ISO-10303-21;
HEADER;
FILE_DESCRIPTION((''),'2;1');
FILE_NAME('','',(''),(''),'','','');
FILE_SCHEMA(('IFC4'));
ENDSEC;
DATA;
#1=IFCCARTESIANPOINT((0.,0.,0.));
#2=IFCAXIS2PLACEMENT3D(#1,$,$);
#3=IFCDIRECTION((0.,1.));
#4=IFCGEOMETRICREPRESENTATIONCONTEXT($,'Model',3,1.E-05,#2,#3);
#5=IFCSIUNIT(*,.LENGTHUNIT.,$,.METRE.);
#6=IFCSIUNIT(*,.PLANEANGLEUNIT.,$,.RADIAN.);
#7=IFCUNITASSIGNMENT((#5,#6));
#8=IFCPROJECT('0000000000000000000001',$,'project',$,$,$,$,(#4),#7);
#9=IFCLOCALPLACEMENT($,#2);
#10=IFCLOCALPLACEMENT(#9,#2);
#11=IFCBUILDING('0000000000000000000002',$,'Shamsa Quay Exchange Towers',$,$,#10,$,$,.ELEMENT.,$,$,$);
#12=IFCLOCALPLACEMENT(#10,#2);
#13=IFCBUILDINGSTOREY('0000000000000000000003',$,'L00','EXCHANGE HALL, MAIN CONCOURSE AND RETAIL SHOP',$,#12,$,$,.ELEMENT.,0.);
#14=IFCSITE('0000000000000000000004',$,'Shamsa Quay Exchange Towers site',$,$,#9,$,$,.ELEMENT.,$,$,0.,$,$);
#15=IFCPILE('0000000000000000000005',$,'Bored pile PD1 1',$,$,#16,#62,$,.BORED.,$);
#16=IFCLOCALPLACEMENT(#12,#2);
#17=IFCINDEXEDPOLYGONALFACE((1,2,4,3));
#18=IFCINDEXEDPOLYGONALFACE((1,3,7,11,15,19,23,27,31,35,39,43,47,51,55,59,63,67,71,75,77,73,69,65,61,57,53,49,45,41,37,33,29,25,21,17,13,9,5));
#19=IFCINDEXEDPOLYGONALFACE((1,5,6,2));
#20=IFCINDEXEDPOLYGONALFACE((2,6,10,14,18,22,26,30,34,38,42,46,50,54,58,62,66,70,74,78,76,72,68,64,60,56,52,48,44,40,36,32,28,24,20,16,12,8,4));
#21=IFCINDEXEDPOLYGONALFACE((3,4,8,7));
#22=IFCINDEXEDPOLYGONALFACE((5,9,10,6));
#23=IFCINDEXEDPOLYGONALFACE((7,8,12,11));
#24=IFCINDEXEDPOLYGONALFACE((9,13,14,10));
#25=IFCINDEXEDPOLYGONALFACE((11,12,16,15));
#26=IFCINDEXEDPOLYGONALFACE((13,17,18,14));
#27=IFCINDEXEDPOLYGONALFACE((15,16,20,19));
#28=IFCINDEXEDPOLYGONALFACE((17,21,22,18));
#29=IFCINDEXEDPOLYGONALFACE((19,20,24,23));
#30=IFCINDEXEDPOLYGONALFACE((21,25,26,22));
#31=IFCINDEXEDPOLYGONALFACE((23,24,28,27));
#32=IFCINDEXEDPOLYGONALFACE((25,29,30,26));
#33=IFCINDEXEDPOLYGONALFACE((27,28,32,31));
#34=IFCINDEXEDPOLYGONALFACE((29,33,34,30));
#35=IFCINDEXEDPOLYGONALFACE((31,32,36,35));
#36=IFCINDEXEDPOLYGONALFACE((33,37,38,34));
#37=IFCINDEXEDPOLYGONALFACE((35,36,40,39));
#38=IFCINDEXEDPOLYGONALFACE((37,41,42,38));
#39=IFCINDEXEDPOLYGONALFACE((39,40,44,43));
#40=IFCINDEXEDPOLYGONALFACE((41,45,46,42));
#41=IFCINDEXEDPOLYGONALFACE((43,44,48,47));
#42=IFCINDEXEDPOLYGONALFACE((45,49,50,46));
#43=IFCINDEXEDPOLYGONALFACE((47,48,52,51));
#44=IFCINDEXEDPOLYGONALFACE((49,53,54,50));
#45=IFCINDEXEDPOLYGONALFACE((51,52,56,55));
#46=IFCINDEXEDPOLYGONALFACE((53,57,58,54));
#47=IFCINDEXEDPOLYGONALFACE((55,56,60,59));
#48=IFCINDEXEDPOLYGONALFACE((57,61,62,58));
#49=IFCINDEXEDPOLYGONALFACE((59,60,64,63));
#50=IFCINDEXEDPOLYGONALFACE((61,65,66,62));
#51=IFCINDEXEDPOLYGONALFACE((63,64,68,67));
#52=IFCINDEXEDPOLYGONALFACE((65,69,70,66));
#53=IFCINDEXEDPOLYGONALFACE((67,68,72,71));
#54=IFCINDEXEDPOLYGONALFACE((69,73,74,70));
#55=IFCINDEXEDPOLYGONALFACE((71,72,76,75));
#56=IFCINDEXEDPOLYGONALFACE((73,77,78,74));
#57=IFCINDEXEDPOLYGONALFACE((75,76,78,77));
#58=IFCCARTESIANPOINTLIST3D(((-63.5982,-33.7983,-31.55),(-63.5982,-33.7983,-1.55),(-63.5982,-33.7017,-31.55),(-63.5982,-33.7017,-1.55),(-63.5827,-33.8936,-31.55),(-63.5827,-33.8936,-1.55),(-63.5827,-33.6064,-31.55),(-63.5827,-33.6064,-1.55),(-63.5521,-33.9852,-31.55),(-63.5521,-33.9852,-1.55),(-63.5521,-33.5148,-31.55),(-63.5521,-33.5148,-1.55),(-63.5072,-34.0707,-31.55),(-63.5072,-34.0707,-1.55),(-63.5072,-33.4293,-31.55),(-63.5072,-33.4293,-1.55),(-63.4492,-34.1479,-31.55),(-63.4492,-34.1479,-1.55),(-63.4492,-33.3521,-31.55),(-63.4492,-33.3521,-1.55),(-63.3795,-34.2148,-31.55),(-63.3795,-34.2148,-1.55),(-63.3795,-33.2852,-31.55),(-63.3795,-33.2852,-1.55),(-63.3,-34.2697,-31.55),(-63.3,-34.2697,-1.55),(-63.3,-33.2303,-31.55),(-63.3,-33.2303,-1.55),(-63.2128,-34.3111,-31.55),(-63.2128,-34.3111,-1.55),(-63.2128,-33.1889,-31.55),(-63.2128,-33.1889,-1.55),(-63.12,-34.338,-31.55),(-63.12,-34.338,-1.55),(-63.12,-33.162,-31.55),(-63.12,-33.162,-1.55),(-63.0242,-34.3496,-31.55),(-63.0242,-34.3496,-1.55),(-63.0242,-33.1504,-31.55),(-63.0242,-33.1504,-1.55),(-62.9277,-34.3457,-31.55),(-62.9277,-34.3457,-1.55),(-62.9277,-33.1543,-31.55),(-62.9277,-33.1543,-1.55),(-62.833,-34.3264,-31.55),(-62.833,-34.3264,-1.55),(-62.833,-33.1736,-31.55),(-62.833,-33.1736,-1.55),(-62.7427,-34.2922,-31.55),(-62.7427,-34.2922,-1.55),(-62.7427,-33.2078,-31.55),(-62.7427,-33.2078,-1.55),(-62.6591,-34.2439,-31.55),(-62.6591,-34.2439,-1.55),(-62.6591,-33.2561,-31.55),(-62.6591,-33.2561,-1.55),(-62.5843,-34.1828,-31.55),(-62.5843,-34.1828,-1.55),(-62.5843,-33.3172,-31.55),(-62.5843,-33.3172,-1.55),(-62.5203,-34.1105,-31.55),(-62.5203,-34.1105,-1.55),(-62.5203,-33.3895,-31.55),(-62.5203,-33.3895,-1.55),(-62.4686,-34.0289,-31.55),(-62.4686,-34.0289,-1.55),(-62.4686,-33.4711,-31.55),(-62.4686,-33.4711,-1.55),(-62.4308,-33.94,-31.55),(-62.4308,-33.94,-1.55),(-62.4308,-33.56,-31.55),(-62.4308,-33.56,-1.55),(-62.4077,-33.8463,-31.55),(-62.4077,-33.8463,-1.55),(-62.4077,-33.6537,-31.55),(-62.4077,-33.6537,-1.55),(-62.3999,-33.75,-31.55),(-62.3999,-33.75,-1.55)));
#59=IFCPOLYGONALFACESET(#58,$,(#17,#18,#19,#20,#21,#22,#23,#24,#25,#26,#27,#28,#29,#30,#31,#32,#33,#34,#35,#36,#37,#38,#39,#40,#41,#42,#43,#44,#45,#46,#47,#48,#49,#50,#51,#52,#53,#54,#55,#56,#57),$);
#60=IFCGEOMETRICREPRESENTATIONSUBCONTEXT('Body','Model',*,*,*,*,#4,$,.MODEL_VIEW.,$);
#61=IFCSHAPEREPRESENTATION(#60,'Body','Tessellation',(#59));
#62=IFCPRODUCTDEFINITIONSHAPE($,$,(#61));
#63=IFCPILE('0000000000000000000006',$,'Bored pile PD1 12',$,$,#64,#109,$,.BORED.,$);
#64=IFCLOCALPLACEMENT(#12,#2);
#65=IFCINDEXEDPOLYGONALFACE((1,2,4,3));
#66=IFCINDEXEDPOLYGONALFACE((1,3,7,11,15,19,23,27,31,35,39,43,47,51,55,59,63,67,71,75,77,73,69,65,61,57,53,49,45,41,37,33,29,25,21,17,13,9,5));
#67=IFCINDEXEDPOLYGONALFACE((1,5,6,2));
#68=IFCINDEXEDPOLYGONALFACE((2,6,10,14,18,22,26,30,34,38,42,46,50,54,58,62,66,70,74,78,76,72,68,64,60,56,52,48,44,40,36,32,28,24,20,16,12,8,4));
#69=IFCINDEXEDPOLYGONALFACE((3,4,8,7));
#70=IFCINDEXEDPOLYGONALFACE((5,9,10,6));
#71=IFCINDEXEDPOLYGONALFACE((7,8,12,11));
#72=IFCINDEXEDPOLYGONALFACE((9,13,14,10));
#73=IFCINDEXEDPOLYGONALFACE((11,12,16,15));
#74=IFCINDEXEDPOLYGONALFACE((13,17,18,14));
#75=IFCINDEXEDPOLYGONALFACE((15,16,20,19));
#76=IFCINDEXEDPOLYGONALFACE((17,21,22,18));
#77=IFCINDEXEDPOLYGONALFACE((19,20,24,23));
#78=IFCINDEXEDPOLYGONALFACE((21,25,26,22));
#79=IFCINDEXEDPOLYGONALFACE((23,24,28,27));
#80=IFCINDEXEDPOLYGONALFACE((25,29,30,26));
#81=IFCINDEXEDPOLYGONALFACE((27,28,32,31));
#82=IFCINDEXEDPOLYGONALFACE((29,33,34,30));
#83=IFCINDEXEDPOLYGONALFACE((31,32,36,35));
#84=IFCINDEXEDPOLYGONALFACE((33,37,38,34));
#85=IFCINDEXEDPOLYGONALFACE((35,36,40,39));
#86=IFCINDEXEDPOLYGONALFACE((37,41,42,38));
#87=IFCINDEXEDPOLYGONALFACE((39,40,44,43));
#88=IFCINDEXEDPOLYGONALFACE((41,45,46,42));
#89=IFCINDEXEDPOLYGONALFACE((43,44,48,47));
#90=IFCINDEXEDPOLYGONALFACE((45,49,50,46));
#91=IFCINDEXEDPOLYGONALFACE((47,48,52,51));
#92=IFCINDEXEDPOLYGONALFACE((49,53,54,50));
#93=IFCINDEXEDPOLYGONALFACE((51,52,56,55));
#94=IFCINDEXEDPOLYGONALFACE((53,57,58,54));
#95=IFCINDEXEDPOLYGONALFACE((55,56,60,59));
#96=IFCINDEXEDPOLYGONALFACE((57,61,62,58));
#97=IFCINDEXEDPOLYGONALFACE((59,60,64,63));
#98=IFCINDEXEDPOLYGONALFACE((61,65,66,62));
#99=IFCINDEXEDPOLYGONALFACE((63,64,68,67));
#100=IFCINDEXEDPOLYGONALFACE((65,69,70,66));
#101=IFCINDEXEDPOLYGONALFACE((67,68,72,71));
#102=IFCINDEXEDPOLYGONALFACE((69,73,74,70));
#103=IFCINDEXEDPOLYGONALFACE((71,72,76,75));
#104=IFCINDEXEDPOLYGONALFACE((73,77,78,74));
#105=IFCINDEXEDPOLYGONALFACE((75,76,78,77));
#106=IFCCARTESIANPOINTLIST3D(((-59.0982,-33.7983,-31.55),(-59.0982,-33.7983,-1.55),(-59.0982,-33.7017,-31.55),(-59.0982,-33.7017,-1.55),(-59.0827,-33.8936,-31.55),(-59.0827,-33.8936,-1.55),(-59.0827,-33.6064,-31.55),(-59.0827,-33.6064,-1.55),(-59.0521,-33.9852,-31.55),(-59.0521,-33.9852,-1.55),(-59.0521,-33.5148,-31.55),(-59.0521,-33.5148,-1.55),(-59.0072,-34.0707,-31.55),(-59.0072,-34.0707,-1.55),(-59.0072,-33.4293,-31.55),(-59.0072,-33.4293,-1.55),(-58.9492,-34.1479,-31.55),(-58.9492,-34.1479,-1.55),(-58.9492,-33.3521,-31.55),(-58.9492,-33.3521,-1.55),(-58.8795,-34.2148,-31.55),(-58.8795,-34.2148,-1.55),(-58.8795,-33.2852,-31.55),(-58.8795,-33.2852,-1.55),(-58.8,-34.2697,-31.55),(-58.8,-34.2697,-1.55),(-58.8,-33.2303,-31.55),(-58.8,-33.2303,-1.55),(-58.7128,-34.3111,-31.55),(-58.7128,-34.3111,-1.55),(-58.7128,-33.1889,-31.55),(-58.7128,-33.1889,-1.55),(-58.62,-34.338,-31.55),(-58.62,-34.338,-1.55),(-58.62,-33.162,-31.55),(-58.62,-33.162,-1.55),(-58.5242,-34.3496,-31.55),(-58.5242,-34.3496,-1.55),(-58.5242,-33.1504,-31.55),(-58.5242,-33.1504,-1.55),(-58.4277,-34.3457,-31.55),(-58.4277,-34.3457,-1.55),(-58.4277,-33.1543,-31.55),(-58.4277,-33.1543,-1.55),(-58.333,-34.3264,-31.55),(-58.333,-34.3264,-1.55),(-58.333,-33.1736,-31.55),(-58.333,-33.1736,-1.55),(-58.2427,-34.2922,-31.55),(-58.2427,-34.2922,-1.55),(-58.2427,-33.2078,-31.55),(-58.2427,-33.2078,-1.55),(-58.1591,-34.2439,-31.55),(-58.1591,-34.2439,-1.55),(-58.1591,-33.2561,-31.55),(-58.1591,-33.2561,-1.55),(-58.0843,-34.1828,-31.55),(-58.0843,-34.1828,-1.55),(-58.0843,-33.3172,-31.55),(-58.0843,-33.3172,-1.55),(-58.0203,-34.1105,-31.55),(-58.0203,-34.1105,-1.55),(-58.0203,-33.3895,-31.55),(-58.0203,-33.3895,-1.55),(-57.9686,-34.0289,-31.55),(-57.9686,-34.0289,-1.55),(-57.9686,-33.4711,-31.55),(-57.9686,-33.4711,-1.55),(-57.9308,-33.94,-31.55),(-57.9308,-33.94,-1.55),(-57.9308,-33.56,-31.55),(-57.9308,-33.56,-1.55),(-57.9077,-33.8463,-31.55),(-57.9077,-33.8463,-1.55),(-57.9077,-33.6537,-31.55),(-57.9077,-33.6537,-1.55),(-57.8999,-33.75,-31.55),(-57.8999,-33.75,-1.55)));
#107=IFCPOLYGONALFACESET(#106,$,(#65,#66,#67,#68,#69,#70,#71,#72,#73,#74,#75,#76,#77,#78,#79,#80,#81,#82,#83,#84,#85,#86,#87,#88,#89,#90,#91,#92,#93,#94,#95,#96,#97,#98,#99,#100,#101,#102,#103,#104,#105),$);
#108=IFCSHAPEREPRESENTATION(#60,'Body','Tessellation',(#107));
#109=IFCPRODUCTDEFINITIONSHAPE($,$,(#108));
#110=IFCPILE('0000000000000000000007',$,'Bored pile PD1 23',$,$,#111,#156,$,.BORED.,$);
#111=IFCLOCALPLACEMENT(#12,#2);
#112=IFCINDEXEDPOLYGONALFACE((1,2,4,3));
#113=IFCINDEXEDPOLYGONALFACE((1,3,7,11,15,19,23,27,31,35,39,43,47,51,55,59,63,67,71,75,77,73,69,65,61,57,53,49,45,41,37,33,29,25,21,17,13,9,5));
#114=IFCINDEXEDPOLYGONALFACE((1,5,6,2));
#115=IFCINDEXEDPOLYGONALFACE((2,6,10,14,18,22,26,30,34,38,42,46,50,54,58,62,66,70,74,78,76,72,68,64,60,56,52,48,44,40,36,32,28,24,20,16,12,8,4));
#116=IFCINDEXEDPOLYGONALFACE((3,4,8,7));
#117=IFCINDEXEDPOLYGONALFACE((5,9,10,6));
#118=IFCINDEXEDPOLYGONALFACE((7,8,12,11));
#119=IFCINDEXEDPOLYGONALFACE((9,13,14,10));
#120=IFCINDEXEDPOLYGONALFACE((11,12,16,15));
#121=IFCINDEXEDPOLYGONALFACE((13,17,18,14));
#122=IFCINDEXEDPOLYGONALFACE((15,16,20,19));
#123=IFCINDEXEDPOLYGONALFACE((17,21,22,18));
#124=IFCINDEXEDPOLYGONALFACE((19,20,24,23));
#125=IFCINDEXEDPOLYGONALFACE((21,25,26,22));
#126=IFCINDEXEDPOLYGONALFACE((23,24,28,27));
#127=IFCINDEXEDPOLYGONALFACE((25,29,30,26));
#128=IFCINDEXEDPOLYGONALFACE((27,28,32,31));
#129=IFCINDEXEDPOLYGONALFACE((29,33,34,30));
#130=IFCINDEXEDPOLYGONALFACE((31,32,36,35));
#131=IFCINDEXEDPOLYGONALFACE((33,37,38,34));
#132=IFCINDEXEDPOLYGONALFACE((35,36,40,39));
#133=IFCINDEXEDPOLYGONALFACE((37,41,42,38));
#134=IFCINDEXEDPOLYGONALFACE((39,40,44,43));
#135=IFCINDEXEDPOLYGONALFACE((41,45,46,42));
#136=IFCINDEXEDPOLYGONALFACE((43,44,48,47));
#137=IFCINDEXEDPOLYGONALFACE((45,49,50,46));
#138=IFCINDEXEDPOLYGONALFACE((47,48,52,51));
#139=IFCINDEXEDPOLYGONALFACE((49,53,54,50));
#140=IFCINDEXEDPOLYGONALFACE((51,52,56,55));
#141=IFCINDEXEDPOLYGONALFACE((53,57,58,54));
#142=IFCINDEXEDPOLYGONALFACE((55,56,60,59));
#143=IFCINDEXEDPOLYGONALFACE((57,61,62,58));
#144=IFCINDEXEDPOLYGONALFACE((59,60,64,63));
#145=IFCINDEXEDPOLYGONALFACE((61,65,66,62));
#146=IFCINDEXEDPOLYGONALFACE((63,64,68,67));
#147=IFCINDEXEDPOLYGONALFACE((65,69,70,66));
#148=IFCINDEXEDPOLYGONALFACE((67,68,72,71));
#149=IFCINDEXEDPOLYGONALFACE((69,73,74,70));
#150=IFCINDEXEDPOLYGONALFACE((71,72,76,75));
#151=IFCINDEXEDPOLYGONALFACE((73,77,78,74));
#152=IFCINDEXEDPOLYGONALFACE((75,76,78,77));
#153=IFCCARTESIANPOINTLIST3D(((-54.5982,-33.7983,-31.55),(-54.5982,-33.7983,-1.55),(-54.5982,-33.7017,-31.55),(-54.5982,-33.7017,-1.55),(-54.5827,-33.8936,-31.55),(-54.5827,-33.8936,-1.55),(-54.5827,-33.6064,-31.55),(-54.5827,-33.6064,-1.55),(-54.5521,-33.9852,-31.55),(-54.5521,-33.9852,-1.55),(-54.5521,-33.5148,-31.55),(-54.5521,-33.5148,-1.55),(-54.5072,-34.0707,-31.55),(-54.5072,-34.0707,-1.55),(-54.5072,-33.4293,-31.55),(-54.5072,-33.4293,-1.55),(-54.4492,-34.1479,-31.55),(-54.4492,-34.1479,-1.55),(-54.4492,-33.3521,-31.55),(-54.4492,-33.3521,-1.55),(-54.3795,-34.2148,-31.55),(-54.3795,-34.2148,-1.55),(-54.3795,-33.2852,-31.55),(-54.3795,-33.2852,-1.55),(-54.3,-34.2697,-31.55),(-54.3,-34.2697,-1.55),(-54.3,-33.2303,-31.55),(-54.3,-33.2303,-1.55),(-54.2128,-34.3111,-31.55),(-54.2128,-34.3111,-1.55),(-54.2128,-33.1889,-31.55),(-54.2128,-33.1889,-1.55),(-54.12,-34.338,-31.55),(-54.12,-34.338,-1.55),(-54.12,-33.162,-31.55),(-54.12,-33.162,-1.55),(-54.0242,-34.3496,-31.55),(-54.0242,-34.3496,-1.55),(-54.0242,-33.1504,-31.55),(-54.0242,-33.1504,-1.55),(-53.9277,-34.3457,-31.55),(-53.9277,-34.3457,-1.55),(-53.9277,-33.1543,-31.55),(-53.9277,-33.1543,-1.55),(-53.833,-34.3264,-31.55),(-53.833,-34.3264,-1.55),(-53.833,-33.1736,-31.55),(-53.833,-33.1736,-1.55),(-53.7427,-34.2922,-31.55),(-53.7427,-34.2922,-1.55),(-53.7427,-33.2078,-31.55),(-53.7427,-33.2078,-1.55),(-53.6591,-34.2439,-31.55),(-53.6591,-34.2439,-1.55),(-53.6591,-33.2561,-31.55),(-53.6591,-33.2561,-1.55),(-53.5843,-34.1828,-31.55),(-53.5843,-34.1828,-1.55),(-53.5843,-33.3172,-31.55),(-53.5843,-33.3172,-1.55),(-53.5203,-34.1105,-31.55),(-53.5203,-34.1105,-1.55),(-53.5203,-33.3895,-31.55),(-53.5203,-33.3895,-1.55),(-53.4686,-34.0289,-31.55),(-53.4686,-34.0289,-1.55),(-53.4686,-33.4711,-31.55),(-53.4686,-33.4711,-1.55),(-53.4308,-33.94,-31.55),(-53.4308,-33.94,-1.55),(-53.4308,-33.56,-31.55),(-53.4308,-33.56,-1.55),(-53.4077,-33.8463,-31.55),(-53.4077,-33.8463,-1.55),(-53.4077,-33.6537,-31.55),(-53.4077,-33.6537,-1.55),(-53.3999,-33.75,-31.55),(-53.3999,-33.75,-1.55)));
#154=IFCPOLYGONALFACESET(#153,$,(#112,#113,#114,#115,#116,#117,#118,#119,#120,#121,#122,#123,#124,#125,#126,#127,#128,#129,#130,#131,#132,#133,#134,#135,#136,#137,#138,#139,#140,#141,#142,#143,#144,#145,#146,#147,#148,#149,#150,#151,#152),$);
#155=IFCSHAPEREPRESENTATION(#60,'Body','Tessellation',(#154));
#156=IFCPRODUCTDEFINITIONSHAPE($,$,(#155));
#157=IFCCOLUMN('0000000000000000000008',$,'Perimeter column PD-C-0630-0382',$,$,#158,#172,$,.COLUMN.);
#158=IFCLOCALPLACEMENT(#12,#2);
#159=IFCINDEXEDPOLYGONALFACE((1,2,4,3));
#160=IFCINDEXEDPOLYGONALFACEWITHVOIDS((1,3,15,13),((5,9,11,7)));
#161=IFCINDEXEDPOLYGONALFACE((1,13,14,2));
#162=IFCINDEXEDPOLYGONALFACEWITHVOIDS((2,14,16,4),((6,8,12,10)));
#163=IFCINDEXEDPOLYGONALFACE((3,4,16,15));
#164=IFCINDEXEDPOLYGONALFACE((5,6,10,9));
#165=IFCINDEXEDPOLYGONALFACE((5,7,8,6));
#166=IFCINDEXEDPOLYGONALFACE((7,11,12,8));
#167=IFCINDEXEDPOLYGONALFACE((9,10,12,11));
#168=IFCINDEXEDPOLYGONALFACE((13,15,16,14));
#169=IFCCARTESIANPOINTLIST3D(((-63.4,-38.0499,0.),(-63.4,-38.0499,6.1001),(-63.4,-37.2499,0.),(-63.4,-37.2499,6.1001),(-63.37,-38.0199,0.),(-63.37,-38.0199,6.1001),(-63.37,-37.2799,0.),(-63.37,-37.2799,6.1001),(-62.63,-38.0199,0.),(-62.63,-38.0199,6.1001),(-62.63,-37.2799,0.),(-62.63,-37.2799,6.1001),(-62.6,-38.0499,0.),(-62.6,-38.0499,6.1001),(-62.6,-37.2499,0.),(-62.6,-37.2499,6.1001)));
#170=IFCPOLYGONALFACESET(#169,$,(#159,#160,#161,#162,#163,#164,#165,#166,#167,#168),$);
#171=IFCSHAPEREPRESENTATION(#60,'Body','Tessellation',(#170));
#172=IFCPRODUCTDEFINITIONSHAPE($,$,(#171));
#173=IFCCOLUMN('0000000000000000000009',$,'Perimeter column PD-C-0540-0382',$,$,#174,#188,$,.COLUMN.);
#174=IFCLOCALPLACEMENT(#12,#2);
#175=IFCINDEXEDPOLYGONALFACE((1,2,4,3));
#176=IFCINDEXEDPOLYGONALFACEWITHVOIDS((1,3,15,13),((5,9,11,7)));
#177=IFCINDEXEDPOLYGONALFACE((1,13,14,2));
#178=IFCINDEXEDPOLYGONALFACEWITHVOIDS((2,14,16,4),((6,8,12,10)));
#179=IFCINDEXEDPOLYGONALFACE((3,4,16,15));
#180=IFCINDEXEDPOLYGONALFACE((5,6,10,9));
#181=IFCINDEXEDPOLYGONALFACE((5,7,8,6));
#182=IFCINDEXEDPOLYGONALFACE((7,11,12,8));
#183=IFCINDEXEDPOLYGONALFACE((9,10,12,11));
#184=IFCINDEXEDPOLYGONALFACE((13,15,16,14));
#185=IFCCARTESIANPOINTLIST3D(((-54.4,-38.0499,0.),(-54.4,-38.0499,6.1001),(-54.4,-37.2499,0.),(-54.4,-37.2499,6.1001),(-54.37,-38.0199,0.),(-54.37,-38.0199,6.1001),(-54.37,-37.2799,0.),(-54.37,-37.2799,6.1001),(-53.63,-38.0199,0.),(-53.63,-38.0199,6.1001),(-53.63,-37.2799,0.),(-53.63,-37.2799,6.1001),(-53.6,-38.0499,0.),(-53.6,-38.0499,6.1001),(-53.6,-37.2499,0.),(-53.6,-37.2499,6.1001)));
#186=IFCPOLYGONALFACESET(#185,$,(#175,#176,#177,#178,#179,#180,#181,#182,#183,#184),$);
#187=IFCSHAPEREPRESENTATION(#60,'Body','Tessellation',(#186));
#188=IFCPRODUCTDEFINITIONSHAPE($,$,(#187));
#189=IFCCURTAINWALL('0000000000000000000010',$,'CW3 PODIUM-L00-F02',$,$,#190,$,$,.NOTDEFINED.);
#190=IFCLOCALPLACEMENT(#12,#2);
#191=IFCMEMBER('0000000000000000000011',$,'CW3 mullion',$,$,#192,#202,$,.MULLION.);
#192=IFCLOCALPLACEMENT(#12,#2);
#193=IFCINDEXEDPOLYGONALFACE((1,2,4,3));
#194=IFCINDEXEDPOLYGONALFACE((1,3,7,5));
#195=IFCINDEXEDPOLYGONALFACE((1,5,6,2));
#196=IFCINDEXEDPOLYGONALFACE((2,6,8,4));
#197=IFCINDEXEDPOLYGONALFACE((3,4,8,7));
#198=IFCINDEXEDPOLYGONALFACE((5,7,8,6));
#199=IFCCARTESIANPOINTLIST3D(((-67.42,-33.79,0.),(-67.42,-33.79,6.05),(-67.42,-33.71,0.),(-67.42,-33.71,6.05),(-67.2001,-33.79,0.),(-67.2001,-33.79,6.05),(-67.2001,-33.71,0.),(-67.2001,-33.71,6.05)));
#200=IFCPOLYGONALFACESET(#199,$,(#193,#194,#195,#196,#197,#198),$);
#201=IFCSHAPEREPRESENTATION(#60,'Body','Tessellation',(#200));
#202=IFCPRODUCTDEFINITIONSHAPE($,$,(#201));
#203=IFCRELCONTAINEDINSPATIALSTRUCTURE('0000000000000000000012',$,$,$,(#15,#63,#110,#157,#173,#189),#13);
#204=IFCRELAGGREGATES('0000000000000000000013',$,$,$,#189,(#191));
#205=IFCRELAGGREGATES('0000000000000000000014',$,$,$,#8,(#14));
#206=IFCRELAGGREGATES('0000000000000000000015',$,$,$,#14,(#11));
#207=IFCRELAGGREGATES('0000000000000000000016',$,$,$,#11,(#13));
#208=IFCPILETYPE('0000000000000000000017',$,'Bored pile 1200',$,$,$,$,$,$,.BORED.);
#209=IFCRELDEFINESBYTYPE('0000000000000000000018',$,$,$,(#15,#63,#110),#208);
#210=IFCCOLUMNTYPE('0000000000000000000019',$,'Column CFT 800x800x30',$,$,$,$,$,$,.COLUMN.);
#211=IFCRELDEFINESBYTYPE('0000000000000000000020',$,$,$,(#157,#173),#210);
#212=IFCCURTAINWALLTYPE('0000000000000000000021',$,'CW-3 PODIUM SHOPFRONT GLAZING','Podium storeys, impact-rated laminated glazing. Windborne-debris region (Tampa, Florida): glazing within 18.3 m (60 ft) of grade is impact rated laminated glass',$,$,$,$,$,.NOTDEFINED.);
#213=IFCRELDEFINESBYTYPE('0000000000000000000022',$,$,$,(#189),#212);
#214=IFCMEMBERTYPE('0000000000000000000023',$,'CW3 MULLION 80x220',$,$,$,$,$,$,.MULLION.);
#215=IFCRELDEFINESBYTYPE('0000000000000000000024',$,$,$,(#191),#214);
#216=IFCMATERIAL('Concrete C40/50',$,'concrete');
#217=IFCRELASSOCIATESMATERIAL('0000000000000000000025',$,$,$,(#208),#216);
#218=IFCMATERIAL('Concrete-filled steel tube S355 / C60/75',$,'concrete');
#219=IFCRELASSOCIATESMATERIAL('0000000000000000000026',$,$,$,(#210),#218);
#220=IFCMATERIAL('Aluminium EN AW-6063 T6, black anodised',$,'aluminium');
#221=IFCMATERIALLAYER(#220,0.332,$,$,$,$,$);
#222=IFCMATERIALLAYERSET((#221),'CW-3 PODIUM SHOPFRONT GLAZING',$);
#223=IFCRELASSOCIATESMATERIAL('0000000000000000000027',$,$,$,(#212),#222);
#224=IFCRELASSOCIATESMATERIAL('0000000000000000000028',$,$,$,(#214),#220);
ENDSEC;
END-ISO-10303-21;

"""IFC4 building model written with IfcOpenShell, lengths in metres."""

from ifc_helpers import new_model, si_unit, direction, frame, origin, origin_2d, place, context, subcontext, project, spatial, rectangle, hollow_rectangle, circle, extrude, material, layer, layer_set, material_profile, profile_set, type_object, element, aggregate, save


model = new_model("IFC4")

# Units and contexts
model_context = context("Model", 3, precision=1e-05, world=origin(), true_north=direction((0.0, 1.0)))
body_context = subcontext(model_context, "Body", "Model", "MODEL_VIEW")
ifc_project = project(units=[si_unit("LENGTHUNIT", "METRE"), si_unit("PLANEANGLEUNIT", "RADIAN")], contexts=[model_context])

# Site, building, storey
site_placement = place(None, origin())
site = spatial("IfcSite", under=ifc_project, at=site_placement, Name="Shamsa Quay Exchange Towers site", CompositionType="ELEMENT", RefElevation=0.0)
building_placement = place(site_placement, origin())
building = spatial("IfcBuilding", under=site, at=building_placement, Name="Shamsa Quay Exchange Towers", CompositionType="ELEMENT")
storey_placement = place(building_placement, origin())
storey = spatial("IfcBuildingStorey", under=building, at=storey_placement, Name="L00", Description="EXCHANGE HALL, MAIN CONCOURSE AND RETAIL SHOP", CompositionType="ELEMENT", Elevation=0.0)

# Piles
ifc_material_1 = material(Name="Concrete C40/50", Category="concrete")
ifc_material_profile_1 = material_profile(ifc_material_1, circle(Radius=0.6001, at=origin_2d()), Name="BP1200")
ifc_profile_set_1 = profile_set([ifc_material_profile_1], Name="Concrete C40/50")
pile_type = type_object("IfcPileType", Name="Bored pile 1200", PredefinedType="BORED", material=ifc_profile_set_1)
for number, where, z_axis, x_axis, name in (
    (1, (-63.0, -33.75, -1.55), (0.0, 0.0, -1.0), (1.0, 0.0, 0.0), "Bored pile PD1 1"),
    (2, (-58.5, -33.75, -1.55), (0.0, 0.0, -1.0), (1.0, 0.0, 0.0), "Bored pile PD1 12"),
    (3, (-54.0, -33.75, -1.55), (0.0, 0.0, -1.0), (1.0, 0.0, 0.0), "Bored pile PD1 23"),
):
    element("IfcPile", number, at=place(storey_placement, frame(where, z_axis=z_axis, x_axis=x_axis)), inside=storey, type_object=pile_type, Name=name, PredefinedType="BORED", context=body_context, shape_type="SweptSolid", body=[
        extrude(circle(Radius=0.6001, at=origin_2d()), origin(), (0.0, 0.0, 1.0), 30.0),
    ])

# Columns
ifc_material_2 = material(Name="Concrete-filled steel tube S355 / C60/75", Category="concrete")
ifc_material_profile_2 = material_profile(ifc_material_2, hollow_rectangle(XDim=0.8, YDim=0.8, WallThickness=0.03, at=origin_2d()), Name="CFT 800x800x30")
ifc_profile_set_2 = profile_set([ifc_material_profile_2], Name="Concrete-filled steel tube S355 / C60/75")
column_type = type_object("IfcColumnType", Name="Column CFT 800x800x30", PredefinedType="COLUMN", material=ifc_profile_set_2)
for number, where, name in (
    (4, (-63.0, -37.6499, 0.0), "Perimeter column PD-C-0630-0382"),
    (5, (-54.0, -37.6499, 0.0), "Perimeter column PD-C-0540-0382"),
):
    element("IfcColumn", number, at=place(storey_placement, frame(where)), inside=storey, type_object=column_type, Name=name, PredefinedType="COLUMN", context=body_context, shape_type="SweptSolid", body=[
        extrude(hollow_rectangle(XDim=0.8, YDim=0.8, WallThickness=0.03, at=origin_2d()), origin(), (0.0, 0.0, 1.0), 6.1001),
    ])

# Curtain wall, member
ifc_material_3 = material(Name="Aluminium EN AW-6063 T6, black anodised", Category="aluminium")
ifc_layer_1 = layer(ifc_material_3, 0.332)
ifc_layer_set_1 = layer_set([ifc_layer_1], Name="CW-3 PODIUM SHOPFRONT GLAZING")
curtain_wall_type = type_object("IfcCurtainWallType", Name="CW-3 PODIUM SHOPFRONT GLAZING", Description="Podium storeys, impact-rated laminated glazing. Windborne-debris region (Tampa, Florida): glazing within 18.3 m (60 ft) of grade is impact rated laminated glass", PredefinedType="NOTDEFINED", material=ifc_layer_set_1)
curtain_wall_1_placement = place(storey_placement, origin())
curtain_wall_1 = element("IfcCurtainWall", 6, at=curtain_wall_1_placement, inside=storey, type_object=curtain_wall_type, Name="CW3 PODIUM-L00-F02", PredefinedType="NOTDEFINED")
ifc_material_profile_3 = material_profile(ifc_material_3, rectangle(XDim=0.22, YDim=0.0801, at=origin_2d()), Name="MU80x220")
ifc_profile_set_3 = profile_set([ifc_material_profile_3], Name="Aluminium EN AW-6063 T6, black anodised")
member_type_1 = type_object("IfcMemberType", Name="CW3 MULLION 80x220", PredefinedType="MULLION", material=ifc_profile_set_3)
member_1_placement = place(storey_placement, frame((-67.3101, -33.75, 0.0)))
member_1 = element("IfcMember", 7, at=member_1_placement, type_object=member_type_1, Name="CW3 mullion", PredefinedType="MULLION", context=body_context, shape_type="SweptSolid", body=[
    extrude(rectangle(XDim=0.22, YDim=0.0801, at=origin_2d()), origin(), (0.0, 0.0, 1.0), 6.05),
])

aggregate(curtain_wall_1, [member_1])

save(model, "model.ifc")
